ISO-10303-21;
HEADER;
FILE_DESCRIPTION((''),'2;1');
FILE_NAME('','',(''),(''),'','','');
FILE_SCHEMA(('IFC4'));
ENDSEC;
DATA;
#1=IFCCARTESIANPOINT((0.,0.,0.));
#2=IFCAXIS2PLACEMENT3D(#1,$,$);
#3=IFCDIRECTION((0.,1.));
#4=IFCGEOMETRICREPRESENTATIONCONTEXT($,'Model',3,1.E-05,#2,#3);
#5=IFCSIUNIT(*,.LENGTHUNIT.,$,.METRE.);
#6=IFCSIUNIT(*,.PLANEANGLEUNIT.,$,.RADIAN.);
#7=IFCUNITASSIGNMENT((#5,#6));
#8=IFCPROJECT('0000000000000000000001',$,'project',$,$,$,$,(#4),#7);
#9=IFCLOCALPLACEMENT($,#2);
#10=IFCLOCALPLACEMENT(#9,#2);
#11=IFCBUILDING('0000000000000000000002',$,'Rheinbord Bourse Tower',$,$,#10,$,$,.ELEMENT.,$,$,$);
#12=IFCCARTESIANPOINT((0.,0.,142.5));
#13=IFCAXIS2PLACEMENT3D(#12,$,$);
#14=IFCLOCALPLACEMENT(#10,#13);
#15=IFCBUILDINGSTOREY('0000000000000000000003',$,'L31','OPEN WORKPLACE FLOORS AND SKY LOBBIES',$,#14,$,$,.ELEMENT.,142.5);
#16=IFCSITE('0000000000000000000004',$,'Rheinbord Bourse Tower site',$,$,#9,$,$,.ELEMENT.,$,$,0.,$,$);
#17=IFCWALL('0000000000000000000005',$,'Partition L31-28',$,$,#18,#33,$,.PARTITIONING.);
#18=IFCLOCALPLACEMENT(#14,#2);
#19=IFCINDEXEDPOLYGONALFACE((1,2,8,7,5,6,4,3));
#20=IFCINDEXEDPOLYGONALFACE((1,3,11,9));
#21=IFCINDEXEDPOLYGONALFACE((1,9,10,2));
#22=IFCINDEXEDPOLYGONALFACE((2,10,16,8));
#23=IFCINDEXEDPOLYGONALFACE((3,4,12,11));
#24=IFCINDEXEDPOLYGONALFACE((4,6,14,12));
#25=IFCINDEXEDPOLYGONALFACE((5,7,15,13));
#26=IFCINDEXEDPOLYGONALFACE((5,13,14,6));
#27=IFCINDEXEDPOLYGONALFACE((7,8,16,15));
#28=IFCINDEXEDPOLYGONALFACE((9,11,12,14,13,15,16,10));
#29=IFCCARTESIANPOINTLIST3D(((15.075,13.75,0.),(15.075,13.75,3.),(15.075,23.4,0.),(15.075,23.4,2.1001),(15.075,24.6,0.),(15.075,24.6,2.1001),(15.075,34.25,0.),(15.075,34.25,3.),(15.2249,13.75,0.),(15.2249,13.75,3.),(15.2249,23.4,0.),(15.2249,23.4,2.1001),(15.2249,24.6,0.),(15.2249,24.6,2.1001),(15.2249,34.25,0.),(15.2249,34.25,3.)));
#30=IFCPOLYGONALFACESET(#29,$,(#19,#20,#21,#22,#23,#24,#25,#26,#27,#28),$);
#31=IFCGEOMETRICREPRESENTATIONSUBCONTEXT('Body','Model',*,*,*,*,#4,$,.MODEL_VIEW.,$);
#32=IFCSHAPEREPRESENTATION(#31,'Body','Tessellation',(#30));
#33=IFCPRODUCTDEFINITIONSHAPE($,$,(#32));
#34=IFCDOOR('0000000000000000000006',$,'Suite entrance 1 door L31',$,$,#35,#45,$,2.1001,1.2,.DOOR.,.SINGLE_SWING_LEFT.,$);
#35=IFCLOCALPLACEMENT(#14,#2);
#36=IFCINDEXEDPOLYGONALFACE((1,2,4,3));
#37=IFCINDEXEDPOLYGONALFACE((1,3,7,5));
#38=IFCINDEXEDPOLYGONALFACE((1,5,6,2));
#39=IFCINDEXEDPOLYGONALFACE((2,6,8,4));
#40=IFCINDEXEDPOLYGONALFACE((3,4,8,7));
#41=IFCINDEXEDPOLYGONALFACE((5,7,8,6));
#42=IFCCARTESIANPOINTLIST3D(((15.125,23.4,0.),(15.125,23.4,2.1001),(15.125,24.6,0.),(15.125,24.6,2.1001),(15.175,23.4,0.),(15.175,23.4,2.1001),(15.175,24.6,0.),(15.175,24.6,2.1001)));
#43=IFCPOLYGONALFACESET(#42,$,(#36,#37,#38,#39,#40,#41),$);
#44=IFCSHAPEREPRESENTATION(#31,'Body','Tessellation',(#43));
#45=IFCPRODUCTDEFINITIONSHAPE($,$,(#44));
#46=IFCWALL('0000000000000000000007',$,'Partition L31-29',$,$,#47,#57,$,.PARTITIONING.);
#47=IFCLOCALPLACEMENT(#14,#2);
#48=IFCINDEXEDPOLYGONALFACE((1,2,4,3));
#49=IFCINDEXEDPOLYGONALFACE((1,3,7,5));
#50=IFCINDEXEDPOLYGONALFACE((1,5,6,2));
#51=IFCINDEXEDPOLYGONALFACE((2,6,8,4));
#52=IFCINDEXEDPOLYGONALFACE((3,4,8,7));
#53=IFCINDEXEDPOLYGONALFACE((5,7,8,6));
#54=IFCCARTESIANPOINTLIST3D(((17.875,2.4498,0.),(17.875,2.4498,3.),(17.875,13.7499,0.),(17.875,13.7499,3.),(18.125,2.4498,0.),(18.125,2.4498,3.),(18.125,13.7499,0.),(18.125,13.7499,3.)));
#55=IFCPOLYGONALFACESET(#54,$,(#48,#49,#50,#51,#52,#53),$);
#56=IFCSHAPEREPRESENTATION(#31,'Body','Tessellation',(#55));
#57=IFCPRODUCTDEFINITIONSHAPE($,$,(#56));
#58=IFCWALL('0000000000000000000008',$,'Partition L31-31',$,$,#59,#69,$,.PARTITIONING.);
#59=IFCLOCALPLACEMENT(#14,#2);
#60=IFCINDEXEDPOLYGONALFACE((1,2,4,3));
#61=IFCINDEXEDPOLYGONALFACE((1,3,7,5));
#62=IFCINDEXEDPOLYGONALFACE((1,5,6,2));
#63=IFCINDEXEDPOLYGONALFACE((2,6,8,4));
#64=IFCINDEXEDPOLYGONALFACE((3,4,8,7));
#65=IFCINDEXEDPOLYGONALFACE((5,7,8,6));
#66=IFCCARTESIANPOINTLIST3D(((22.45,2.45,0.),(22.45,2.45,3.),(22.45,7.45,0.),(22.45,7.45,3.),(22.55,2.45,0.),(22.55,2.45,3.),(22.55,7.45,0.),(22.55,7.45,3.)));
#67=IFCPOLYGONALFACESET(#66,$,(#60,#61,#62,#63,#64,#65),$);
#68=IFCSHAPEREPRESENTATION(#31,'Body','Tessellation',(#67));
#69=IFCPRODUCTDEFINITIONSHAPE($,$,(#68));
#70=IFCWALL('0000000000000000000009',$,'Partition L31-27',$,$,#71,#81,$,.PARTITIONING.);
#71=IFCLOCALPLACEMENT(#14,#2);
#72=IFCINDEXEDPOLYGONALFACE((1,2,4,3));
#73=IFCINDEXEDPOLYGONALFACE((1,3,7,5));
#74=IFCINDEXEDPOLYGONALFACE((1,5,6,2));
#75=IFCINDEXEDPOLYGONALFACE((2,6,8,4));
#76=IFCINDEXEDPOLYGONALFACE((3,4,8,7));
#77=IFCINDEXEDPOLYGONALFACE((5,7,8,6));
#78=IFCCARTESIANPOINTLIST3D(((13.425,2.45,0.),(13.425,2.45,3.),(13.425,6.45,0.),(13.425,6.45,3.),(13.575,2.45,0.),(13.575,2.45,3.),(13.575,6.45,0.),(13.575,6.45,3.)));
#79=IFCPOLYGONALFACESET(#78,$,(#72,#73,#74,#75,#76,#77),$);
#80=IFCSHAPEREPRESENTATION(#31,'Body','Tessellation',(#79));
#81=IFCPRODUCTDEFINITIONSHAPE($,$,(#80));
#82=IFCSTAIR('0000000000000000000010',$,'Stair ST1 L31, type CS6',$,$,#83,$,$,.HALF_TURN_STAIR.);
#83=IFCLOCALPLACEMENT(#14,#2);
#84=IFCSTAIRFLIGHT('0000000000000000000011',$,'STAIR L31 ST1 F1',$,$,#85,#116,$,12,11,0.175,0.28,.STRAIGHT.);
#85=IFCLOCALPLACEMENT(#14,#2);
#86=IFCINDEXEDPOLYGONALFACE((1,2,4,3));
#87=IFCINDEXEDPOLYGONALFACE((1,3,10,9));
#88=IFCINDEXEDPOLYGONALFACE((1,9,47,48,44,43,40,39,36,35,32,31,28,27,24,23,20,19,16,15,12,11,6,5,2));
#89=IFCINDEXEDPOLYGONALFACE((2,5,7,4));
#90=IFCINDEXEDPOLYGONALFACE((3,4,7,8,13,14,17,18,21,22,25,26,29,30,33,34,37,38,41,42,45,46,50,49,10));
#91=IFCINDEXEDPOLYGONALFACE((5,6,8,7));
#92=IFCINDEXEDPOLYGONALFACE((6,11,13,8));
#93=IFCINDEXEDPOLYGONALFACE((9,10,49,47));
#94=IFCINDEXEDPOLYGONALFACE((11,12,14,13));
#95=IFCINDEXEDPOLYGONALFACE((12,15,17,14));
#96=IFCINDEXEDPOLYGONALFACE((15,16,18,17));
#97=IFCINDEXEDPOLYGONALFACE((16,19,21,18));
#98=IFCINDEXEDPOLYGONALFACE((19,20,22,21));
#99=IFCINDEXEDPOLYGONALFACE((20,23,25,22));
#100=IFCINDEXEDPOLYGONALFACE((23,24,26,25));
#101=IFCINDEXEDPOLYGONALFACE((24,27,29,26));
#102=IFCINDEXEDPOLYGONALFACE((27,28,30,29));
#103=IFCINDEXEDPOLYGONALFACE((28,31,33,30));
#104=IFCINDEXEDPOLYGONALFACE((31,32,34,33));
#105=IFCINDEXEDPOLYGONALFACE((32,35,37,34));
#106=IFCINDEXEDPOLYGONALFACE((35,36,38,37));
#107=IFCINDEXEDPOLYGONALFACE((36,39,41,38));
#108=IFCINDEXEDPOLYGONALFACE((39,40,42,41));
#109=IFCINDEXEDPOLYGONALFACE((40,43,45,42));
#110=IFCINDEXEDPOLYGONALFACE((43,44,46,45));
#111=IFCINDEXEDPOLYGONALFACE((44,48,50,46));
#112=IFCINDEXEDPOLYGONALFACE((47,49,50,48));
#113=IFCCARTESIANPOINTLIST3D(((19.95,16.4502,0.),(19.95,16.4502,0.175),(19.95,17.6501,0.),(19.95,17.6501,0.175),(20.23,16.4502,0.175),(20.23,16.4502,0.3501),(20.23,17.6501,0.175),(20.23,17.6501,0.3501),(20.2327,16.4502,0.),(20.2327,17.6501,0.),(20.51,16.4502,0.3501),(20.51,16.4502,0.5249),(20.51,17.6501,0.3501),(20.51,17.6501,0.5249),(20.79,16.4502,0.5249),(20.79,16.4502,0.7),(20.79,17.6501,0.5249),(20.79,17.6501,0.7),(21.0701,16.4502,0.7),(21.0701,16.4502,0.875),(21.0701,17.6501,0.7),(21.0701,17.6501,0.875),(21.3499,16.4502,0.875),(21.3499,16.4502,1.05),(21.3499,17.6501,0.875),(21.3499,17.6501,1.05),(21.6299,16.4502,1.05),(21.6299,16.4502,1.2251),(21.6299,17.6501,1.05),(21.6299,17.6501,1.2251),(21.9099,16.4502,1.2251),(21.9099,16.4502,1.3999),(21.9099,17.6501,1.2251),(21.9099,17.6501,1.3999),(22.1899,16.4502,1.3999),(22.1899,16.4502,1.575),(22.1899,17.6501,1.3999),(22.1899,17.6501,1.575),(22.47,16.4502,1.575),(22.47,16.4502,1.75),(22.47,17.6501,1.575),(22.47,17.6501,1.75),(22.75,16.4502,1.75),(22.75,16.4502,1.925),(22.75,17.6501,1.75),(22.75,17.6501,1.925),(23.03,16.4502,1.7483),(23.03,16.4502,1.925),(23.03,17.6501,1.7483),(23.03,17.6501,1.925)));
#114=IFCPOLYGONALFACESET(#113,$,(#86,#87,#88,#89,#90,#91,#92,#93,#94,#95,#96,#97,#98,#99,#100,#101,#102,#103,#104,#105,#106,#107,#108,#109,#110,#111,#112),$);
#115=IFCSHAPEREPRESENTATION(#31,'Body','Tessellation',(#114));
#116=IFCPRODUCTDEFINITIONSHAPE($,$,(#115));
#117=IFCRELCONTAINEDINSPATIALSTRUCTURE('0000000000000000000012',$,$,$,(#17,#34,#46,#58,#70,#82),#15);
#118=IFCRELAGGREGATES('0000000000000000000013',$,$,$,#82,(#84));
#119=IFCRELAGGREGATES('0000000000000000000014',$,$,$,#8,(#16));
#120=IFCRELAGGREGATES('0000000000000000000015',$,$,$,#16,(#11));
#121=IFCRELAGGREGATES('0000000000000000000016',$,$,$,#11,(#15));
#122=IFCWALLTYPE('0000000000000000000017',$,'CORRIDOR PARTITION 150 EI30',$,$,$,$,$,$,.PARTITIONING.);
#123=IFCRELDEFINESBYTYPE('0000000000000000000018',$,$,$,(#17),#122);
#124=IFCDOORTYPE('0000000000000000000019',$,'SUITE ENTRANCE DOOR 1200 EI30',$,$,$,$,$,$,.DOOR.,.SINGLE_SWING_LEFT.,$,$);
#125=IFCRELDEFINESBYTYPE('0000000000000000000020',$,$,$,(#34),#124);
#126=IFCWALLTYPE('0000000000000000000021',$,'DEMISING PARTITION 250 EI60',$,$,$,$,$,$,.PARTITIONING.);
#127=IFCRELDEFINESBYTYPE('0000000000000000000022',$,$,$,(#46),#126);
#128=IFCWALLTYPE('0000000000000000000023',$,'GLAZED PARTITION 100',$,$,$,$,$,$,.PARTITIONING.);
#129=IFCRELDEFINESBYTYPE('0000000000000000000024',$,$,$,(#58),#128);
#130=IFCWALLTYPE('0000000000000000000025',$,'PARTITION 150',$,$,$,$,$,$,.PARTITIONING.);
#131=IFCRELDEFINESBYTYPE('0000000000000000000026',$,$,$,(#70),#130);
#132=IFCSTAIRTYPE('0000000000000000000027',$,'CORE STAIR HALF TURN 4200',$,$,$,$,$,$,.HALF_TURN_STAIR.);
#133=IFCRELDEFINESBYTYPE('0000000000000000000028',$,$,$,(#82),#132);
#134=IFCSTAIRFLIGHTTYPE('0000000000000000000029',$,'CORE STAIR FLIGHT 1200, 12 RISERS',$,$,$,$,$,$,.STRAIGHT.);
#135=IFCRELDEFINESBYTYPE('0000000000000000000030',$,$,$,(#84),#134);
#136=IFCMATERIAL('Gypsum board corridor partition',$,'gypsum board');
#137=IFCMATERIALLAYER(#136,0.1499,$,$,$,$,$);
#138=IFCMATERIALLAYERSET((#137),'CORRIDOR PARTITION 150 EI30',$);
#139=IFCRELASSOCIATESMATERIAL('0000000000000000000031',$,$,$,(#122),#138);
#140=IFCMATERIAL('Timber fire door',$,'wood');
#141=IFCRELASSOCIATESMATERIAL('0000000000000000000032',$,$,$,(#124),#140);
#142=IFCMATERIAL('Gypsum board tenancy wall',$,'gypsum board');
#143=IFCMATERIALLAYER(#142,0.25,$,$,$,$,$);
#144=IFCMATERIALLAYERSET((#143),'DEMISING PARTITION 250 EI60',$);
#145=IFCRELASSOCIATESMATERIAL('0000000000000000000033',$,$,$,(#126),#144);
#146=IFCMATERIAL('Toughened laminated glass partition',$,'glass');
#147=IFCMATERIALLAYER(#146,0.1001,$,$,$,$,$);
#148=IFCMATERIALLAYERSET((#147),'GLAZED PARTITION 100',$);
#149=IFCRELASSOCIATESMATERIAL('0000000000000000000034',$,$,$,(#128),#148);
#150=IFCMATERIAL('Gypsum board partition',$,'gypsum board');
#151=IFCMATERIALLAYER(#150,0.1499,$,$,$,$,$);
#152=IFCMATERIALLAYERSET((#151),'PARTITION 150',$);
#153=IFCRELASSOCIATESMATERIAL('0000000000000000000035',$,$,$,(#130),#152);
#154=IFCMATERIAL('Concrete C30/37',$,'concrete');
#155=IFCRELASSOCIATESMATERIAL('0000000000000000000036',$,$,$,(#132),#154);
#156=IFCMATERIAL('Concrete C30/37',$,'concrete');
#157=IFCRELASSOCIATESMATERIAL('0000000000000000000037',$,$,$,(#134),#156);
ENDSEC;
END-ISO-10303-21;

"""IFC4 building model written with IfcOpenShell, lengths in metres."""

from ifc_helpers import new_model, si_unit, direction, frame, frame_2d, origin, place, context, subcontext, project, spatial, polyline, rectangle, outline, extrude, material, layer, layer_set, type_object, element, fill, aggregate, save


model = new_model("IFC4")

# Units and contexts
model_context = context("Model", 3, precision=1e-05, world=origin(), true_north=direction((0.0, 1.0)))
body_context = subcontext(model_context, "Body", "Model", "MODEL_VIEW")
ifc_project = project(units=[si_unit("LENGTHUNIT", "METRE"), si_unit("PLANEANGLEUNIT", "RADIAN")], contexts=[model_context])

# Site, building, storey
site_placement = place(None, origin())
site = spatial("IfcSite", under=ifc_project, at=site_placement, Name="Rheinbord Bourse Tower site", CompositionType="ELEMENT", RefElevation=0.0)
building_placement = place(site_placement, origin())
building = spatial("IfcBuilding", under=site, at=building_placement, Name="Rheinbord Bourse Tower", CompositionType="ELEMENT")
storey_placement = place(building_placement, frame((0.0, 0.0, 142.5)))
storey = spatial("IfcBuildingStorey", under=building, at=storey_placement, Name="L31", Description="OPEN WORKPLACE FLOORS AND SKY LOBBIES", CompositionType="ELEMENT", Elevation=142.5)

# Wall, opening, door
ifc_material_1 = material(Name="Gypsum board corridor partition", Category="gypsum board")
ifc_layer_1 = layer(ifc_material_1, 0.1499)
ifc_layer_set_1 = layer_set([ifc_layer_1], Name="CORRIDOR PARTITION 150 EI30")
wall_type_1 = type_object("IfcWallType", Name="CORRIDOR PARTITION 150 EI30", PredefinedType="PARTITIONING", material=ifc_layer_set_1)
ifc_material_2 = material(Name="Timber fire door", Category="wood")
door_type_1 = type_object("IfcDoorType", Name="SUITE ENTRANCE DOOR 1200 EI30", OperationType="SINGLE_SWING_LEFT", PredefinedType="DOOR", material=ifc_material_2)
wall_1_placement = place(storey_placement, frame((15.1499, 13.75, 0.0), z_axis=(0.0, 0.0, 1.0), x_axis=(0.0, 1.0, 0.0)))
wall_1 = element("IfcWall", 1, at=wall_1_placement, inside=storey, type_object=wall_type_1, Name="Partition L31-28", PredefinedType="PARTITIONING", context=body_context, shape_type="SweptSolid", body=[
    extrude(rectangle(XDim=20.5, YDim=0.1499, at=frame_2d((10.25, 0.0))), origin(), (0.0, 0.0, 1.0), 3.0),
])
opening_1_placement = place(wall_1_placement, frame((9.6499, 0.0, 0.0)))
opening_1 = element("IfcOpeningElement", 2, at=opening_1_placement, cuts=wall_1, PredefinedType="OPENING", context=body_context, shape_type="SweptSolid", body=[
    extrude(rectangle(XDim=1.2, YDim=2.1001, at=frame_2d((0.6001, 1.05))), frame((0.0, 0.085, 0.0), z_axis=(0.0, -1.0, 0.0), x_axis=(1.0, 0.0, 0.0)), (0.0, 0.0, 1.0), 0.1699),
])
door_1_placement = place(opening_1_placement, origin())
door_1 = element("IfcDoor", 3, at=door_1_placement, inside=storey, type_object=door_type_1, Name="Suite entrance 1 door L31", OperationType="SINGLE_SWING_LEFT", OverallHeight=2.1001, OverallWidth=1.2, PredefinedType="DOOR", context=body_context, shape_type="SweptSolid", body=[
    extrude(rectangle(XDim=1.2, YDim=2.1001, at=frame_2d((0.6001, 1.05))), frame((0.0, 0.0249, 0.0), z_axis=(0.0, -1.0, 0.0), x_axis=(1.0, 0.0, 0.0)), (0.0, 0.0, 1.0), 0.05),
])
fill(opening_1, door_1)

# Walls
ifc_material_3 = material(Name="Gypsum board tenancy wall", Category="gypsum board")
ifc_layer_2 = layer(ifc_material_3, 0.25)
ifc_layer_set_2 = layer_set([ifc_layer_2], Name="DEMISING PARTITION 250 EI60")
wall_type_2 = type_object("IfcWallType", Name="DEMISING PARTITION 250 EI60", PredefinedType="PARTITIONING", material=ifc_layer_set_2)
wall_2_placement = place(storey_placement, frame((18.0, 2.45, 0.0), z_axis=(0.0, 0.0, 1.0), x_axis=(0.0, 1.0, 0.0)))
element("IfcWall", 4, at=wall_2_placement, inside=storey, type_object=wall_type_2, Name="Partition L31-29", PredefinedType="PARTITIONING", context=body_context, shape_type="SweptSolid", body=[
    extrude(rectangle(XDim=11.3, YDim=0.25, at=frame_2d((5.6499, 0.0))), origin(), (0.0, 0.0, 1.0), 3.0),
])
ifc_material_4 = material(Name="Toughened laminated glass partition", Category="glass")
ifc_layer_3 = layer(ifc_material_4, 0.1001)
ifc_layer_set_3 = layer_set([ifc_layer_3], Name="GLAZED PARTITION 100")
wall_type_3 = type_object("IfcWallType", Name="GLAZED PARTITION 100", PredefinedType="PARTITIONING", material=ifc_layer_set_3)
wall_3_placement = place(storey_placement, frame((22.5, 2.45, 0.0), z_axis=(0.0, 0.0, 1.0), x_axis=(0.0, 1.0, 0.0)))
element("IfcWall", 5, at=wall_3_placement, inside=storey, type_object=wall_type_3, Name="Partition L31-31", PredefinedType="PARTITIONING", context=body_context, shape_type="SweptSolid", body=[
    extrude(rectangle(XDim=5.0, YDim=0.1001, at=frame_2d((2.5, 0.0))), origin(), (0.0, 0.0, 1.0), 3.0),
])
ifc_material_5 = material(Name="Gypsum board partition", Category="gypsum board")
ifc_layer_4 = layer(ifc_material_5, 0.1499)
ifc_layer_set_4 = layer_set([ifc_layer_4], Name="PARTITION 150")
wall_type_4 = type_object("IfcWallType", Name="PARTITION 150", PredefinedType="PARTITIONING", material=ifc_layer_set_4)
wall_4_placement = place(storey_placement, frame((13.5, 2.45, 0.0), z_axis=(0.0, 0.0, 1.0), x_axis=(0.0, 1.0, 0.0)))
element("IfcWall", 6, at=wall_4_placement, inside=storey, type_object=wall_type_4, Name="Partition L31-27", PredefinedType="PARTITIONING", context=body_context, shape_type="SweptSolid", body=[
    extrude(rectangle(XDim=4.0, YDim=0.1499, at=frame_2d((2.0, 0.0))), origin(), (0.0, 0.0, 1.0), 3.0),
])

# Stair, stair flight
ifc_material_6 = material(Name="Concrete C30/37", Category="concrete")
stair_type = type_object("IfcStairType", Name="CORE STAIR HALF TURN 4200", PredefinedType="HALF_TURN_STAIR", material=ifc_material_6)
stair_placement = place(storey_placement, origin())
stair = element("IfcStair", 7, at=stair_placement, inside=storey, type_object=stair_type, Name="Stair ST1 L31, type CS6", PredefinedType="HALF_TURN_STAIR")
ifc_material_7 = material(Name="Concrete C30/37", Category="concrete")
stair_flight_type = type_object("IfcStairFlightType", Name="CORE STAIR FLIGHT 1200, 12 RISERS", PredefinedType="STRAIGHT", material=ifc_material_7)
stair_flight_placement = place(storey_placement, frame((19.95, 17.05, 0.0), z_axis=(0.0, 0.0, 1.0), x_axis=(1.0, 0.0, 0.0)))
stair_flight = element("IfcStairFlight", 8, at=stair_flight_placement, type_object=stair_flight_type, Name="STAIR L31 ST1 F1", NumberOfRisers=12, NumberOfTreads=11, PredefinedType="STRAIGHT", RiserHeight=0.175, TreadLength=0.28, context=body_context, shape_type="SweptSolid", body=[
    extrude(outline(polyline([(0.0, 0.0), (0.0, 0.175), (0.28, 0.175), (0.28, 0.3501), (0.5601, 0.3501), (0.5601, 0.5249), (0.8401, 0.5249), (0.8401, 0.7), (1.1201, 0.7), (1.1201, 0.875), (1.3999, 0.875), (1.3999, 1.05), (1.6799, 1.05), (1.6799, 1.2251), (1.96, 1.2251), (1.96, 1.3999), (2.24, 1.3999), (2.24, 1.575), (2.52, 1.575), (2.52, 1.75), (2.8, 1.75), (2.8, 1.925), (3.0801, 1.925), (3.0801, 2.1001), (3.0801, 1.7483), (0.2827, 0.0), (0.0, 0.0)])), frame((0.0, 0.6001, 0.0), z_axis=(0.0, -1.0, 0.0), x_axis=(1.0, 0.0, 0.0)), (0.0, 0.0, 1.0), 1.2),
])
aggregate(stair, [stair_flight])

save(model, "model.ifc")
